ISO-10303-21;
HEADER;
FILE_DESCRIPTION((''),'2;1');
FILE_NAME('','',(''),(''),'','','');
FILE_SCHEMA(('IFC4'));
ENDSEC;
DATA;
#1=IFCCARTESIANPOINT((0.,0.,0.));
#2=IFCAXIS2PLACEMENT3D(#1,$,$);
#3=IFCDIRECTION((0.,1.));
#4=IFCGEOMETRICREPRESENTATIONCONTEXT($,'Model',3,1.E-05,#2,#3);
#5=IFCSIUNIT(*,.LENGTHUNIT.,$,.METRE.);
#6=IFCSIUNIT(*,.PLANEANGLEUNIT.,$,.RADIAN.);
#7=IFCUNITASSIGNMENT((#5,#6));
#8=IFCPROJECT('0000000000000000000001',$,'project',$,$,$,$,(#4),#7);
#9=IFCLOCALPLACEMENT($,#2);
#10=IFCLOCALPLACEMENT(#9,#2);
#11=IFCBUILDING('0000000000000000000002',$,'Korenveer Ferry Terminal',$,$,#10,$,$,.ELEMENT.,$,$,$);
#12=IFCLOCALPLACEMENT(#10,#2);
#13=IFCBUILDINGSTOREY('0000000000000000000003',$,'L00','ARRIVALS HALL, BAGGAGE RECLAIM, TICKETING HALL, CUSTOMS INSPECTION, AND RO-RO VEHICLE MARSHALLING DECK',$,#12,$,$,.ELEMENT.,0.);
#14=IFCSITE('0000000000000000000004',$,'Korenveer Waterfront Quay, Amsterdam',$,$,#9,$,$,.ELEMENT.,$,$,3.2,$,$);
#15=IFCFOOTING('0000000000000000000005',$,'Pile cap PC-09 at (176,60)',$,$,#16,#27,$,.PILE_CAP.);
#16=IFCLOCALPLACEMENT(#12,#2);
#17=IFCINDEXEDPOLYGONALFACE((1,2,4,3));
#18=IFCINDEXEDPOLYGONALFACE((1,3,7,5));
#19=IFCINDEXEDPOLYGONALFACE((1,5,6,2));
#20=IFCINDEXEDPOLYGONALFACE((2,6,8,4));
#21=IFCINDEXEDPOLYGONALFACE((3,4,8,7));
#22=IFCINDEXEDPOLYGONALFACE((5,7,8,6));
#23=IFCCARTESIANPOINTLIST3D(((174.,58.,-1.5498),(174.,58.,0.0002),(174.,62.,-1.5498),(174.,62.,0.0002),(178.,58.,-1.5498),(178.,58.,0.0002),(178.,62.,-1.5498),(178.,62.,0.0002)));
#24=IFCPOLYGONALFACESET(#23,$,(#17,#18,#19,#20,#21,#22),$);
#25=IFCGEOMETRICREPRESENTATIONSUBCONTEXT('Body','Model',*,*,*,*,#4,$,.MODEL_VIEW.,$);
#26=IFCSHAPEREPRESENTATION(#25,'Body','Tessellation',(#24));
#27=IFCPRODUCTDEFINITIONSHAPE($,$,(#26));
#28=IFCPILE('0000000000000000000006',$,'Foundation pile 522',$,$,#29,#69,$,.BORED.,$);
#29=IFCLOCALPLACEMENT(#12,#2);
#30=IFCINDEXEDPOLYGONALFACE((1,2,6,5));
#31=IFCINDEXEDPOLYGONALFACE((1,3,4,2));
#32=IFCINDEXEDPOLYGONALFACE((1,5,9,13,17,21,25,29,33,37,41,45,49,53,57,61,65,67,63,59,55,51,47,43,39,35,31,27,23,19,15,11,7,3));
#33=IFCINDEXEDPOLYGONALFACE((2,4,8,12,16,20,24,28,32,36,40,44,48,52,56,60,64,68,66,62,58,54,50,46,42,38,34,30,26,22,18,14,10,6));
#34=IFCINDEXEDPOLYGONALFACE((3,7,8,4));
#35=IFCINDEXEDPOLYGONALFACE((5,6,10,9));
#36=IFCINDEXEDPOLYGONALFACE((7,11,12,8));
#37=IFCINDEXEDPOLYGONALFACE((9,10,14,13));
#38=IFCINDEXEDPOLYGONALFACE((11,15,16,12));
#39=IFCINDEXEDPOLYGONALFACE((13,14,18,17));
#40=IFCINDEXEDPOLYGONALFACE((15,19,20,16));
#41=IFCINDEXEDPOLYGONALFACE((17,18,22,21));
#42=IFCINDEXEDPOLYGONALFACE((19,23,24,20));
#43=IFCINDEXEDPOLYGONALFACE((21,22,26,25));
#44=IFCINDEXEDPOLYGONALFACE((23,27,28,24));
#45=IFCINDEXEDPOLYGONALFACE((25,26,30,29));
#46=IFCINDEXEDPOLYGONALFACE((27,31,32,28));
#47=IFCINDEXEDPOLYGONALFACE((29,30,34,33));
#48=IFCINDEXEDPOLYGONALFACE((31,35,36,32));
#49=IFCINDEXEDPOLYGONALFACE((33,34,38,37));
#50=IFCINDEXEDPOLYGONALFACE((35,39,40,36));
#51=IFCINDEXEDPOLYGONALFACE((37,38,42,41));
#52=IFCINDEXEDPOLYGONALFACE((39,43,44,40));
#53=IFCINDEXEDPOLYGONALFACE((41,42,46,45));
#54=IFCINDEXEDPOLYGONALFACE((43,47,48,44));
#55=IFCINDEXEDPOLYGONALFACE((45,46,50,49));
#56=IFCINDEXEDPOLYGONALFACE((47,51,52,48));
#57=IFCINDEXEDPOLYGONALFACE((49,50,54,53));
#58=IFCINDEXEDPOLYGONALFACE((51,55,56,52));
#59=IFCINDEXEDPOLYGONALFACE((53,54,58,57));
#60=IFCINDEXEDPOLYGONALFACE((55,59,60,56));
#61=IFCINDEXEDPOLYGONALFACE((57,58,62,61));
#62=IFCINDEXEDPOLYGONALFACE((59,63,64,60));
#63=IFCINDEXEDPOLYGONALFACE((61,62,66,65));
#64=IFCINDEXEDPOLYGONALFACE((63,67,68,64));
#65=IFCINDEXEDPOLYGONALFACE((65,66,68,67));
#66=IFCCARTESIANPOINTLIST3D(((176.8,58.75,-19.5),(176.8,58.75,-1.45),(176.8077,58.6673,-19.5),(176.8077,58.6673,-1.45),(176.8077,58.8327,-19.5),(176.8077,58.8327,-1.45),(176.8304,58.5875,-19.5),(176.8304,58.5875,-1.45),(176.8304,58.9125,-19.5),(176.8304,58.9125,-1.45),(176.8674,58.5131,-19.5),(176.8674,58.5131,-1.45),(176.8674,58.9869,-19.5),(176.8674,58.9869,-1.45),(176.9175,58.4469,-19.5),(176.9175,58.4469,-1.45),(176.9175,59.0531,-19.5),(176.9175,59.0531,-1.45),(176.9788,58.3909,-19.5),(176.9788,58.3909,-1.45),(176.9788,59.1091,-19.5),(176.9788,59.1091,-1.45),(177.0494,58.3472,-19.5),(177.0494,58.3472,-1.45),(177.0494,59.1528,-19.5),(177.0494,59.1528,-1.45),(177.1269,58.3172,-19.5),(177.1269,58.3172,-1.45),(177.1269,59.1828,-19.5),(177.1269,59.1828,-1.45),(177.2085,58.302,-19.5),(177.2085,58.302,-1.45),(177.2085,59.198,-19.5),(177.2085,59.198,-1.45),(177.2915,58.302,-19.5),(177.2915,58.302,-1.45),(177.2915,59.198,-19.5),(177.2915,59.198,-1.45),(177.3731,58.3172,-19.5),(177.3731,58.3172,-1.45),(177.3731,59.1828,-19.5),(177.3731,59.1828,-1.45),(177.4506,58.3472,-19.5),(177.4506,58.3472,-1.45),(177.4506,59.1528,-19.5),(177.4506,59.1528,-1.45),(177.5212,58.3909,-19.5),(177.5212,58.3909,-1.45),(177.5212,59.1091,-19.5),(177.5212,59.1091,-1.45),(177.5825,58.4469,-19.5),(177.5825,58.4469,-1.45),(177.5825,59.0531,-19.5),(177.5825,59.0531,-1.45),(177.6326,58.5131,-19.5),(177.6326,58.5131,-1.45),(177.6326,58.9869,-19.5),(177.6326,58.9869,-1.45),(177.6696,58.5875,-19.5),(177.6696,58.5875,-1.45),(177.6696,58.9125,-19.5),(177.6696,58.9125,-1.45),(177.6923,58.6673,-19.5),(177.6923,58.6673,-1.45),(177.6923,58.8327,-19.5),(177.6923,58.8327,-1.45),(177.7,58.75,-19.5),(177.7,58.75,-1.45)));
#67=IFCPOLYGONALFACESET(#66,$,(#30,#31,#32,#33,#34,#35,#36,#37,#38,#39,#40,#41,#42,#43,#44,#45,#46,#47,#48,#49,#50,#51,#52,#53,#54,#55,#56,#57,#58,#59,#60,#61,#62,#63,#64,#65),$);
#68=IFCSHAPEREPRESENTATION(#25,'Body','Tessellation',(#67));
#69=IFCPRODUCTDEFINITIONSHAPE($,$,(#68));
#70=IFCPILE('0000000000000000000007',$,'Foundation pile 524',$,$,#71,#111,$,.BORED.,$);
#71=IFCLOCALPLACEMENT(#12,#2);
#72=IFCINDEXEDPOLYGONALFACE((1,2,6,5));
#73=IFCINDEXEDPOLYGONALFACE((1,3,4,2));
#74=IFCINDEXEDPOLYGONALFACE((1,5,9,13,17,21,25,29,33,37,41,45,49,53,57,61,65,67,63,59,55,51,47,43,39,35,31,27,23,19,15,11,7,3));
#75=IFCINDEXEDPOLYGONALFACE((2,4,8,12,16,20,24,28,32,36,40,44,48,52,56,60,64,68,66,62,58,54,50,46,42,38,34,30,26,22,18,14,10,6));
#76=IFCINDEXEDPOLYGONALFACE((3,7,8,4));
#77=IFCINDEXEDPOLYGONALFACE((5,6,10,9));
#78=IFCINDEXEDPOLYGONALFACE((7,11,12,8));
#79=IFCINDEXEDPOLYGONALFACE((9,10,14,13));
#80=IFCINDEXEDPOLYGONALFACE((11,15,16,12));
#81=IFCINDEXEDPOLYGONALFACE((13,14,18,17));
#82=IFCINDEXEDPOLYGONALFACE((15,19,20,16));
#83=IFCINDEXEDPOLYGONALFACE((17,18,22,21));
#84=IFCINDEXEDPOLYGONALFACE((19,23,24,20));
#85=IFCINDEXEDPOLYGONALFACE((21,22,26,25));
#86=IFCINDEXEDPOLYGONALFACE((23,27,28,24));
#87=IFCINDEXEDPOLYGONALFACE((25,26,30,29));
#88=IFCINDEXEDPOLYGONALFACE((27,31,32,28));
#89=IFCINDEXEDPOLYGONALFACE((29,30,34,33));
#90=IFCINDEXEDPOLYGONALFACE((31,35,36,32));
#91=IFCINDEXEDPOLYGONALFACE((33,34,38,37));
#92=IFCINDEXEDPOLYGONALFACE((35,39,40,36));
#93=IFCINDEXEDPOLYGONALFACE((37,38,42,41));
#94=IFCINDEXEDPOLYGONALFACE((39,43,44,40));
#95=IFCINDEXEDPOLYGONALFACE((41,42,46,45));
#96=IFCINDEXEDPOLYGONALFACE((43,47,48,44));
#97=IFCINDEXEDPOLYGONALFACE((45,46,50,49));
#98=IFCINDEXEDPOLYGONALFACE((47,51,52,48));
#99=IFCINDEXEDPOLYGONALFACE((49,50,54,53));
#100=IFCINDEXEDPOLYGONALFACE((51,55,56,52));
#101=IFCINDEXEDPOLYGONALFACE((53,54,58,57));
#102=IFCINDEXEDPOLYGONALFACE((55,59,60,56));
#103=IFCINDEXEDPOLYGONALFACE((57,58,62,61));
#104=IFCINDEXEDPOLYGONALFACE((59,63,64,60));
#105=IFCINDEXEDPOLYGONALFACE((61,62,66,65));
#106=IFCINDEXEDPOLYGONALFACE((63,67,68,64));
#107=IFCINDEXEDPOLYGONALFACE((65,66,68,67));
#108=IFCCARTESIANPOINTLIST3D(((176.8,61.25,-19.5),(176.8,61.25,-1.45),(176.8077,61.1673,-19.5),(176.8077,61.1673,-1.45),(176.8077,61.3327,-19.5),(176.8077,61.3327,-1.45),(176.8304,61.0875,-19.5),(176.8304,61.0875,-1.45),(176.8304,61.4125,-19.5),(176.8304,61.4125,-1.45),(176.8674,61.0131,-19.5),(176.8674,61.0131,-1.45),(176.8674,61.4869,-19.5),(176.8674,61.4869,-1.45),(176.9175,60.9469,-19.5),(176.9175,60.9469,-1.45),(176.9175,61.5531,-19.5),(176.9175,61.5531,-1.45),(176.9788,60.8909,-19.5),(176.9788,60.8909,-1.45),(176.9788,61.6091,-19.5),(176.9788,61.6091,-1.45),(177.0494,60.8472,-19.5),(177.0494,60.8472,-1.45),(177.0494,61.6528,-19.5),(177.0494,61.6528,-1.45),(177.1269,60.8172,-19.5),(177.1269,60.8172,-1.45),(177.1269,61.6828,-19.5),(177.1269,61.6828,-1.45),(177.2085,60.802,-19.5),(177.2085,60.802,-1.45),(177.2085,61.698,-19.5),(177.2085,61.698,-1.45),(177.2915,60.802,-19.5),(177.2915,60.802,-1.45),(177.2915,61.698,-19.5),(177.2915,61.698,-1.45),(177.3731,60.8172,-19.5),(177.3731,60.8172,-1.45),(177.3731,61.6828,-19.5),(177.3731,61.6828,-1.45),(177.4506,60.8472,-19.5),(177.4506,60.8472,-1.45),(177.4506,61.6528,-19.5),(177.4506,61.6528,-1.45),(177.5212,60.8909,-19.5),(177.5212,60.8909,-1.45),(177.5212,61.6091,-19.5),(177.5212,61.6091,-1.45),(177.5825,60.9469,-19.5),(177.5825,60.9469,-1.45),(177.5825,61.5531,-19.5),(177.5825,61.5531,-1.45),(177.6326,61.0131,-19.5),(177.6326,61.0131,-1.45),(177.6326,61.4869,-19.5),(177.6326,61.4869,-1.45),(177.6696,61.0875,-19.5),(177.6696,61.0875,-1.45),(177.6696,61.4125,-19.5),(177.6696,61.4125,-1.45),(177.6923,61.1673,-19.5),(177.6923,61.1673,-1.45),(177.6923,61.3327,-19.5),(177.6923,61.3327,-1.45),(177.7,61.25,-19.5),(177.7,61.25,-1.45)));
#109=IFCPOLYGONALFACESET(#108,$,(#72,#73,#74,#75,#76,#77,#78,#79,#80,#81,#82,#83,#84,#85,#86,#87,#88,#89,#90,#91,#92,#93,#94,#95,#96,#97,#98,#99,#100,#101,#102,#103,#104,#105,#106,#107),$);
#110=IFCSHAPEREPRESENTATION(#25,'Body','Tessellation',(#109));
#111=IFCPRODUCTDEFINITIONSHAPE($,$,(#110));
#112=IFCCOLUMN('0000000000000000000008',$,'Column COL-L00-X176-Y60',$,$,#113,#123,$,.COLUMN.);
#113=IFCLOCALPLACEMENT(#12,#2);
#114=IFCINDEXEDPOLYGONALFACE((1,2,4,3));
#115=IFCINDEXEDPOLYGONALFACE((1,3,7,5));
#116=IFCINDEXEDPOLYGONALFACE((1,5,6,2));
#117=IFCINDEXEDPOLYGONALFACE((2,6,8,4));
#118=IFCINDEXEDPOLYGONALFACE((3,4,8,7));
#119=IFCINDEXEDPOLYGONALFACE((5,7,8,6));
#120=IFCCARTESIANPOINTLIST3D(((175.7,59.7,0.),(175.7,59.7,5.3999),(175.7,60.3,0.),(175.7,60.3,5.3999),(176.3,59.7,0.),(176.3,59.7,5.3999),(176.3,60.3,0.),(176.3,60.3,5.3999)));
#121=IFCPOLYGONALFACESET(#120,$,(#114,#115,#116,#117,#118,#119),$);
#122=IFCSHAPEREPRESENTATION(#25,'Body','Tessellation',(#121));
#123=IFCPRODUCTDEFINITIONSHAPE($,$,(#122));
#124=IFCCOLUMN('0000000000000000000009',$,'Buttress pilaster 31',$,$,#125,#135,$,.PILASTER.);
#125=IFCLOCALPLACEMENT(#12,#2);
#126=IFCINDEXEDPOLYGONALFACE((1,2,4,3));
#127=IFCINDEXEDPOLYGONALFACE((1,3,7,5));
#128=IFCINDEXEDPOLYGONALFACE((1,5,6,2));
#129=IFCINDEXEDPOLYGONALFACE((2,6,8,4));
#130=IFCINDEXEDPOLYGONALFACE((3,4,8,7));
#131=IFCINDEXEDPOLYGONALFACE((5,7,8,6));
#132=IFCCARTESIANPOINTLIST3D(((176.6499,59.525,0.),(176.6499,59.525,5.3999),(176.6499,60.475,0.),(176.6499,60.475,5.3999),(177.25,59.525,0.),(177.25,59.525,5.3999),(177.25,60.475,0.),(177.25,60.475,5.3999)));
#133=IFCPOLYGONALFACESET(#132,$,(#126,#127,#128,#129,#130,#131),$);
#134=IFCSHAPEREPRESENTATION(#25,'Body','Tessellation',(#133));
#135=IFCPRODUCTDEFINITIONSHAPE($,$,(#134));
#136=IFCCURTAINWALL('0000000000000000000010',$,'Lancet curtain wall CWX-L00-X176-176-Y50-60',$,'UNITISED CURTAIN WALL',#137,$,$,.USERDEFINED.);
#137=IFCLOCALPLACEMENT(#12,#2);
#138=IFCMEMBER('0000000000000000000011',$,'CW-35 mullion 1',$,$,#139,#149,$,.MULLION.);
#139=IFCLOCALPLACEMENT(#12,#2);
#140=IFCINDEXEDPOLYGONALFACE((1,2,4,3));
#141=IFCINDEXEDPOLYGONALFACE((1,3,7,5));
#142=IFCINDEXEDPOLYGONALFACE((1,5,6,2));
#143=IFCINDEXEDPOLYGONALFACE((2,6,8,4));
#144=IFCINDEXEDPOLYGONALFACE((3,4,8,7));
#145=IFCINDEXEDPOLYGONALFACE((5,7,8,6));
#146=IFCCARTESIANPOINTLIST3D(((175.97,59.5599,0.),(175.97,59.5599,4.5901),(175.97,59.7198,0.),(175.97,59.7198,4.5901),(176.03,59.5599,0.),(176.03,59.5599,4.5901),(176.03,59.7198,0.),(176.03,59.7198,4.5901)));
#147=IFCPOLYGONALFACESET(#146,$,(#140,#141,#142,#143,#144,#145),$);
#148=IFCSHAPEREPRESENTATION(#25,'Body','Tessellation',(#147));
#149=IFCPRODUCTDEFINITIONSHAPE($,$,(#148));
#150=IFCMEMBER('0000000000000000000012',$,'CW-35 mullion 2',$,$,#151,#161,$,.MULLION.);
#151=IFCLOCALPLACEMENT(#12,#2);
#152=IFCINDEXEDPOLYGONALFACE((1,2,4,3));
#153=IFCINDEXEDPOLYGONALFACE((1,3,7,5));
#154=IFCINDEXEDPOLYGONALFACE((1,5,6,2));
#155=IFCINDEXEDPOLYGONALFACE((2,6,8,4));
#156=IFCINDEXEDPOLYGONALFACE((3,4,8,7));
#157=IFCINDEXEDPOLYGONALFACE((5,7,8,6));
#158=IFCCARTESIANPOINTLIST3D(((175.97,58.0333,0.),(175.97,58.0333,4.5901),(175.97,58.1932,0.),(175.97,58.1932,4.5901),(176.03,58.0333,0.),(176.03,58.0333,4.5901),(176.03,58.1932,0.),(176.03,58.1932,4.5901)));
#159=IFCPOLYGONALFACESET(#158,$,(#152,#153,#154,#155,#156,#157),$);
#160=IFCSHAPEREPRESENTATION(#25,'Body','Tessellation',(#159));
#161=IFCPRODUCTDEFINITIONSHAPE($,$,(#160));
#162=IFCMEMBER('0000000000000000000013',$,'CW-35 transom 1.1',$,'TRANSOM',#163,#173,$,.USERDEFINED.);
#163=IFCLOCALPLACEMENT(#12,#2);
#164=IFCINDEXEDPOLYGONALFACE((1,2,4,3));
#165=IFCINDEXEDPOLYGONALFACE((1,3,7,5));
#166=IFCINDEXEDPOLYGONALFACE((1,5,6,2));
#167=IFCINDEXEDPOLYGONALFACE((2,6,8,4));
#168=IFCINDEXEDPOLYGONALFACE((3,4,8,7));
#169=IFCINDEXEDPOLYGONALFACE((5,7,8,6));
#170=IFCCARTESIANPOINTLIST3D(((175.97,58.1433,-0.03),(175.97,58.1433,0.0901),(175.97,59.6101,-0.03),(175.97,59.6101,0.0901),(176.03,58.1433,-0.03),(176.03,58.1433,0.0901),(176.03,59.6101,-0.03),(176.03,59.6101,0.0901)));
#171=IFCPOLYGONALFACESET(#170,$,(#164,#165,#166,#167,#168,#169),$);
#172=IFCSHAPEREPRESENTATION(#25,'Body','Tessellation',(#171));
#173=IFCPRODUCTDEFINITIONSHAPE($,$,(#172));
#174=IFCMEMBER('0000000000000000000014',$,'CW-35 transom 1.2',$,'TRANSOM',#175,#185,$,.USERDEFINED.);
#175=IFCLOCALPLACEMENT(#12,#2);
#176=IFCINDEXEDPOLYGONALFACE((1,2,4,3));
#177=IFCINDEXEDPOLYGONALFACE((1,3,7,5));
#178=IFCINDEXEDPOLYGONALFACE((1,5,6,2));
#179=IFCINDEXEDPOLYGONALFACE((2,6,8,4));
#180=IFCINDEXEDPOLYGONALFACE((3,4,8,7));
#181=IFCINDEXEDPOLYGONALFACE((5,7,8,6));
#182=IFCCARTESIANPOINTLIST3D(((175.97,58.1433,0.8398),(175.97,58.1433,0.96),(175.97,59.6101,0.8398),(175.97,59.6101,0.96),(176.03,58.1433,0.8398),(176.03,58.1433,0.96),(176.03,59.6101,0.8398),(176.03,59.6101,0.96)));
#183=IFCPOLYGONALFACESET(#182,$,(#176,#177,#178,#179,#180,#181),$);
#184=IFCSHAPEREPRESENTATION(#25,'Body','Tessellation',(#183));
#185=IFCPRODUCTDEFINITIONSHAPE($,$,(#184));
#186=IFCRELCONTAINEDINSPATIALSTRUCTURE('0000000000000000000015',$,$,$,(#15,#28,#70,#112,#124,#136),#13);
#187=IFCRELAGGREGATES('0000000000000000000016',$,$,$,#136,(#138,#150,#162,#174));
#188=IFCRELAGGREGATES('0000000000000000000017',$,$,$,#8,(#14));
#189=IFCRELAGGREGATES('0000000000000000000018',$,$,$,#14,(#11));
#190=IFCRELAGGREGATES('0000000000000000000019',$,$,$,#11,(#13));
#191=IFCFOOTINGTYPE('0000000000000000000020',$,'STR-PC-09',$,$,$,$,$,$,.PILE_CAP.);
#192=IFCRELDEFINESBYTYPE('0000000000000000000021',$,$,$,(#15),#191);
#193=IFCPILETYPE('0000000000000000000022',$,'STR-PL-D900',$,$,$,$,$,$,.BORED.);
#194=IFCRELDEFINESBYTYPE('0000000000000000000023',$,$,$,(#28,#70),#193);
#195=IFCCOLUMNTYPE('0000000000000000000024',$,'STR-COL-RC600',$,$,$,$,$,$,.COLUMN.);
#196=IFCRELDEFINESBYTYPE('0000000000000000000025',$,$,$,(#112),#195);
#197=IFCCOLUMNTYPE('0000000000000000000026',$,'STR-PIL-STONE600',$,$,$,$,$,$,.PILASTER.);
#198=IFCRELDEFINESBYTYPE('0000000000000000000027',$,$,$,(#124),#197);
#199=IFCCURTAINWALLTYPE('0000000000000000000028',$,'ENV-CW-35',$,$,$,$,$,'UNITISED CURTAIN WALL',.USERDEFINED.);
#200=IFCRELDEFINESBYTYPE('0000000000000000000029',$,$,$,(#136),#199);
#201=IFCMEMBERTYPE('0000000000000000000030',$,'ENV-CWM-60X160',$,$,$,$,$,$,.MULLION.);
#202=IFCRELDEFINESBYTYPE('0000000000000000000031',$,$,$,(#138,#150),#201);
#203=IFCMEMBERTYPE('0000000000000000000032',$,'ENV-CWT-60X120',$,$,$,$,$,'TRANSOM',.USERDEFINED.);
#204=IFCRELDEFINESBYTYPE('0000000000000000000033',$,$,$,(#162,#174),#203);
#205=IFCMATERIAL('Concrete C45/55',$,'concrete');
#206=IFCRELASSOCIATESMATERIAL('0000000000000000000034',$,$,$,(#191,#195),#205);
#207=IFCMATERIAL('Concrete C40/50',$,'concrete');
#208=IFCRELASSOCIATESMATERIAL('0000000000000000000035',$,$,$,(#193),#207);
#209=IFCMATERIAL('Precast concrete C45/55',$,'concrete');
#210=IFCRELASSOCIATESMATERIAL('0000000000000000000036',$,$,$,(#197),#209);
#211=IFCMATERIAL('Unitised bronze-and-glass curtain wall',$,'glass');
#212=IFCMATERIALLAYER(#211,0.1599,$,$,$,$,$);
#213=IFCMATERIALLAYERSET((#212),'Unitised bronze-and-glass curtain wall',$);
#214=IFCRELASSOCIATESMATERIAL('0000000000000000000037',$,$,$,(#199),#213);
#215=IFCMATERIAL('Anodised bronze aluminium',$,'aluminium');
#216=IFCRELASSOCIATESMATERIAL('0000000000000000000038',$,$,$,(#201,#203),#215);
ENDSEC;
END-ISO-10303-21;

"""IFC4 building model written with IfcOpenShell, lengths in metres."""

from ifc_helpers import new_model, si_unit, direction, frame, origin, origin_2d, place, context, subcontext, project, spatial, rectangle, circle, extrude, material, layer, layer_set, material_profile, profile_set, type_object, element, aggregate, save


model = new_model("IFC4")

# Units and contexts
model_context = context("Model", 3, precision=1e-05, world=origin(), true_north=direction((0.0, 1.0)))
body_context = subcontext(model_context, "Body", "Model", "MODEL_VIEW")
ifc_project = project(units=[si_unit("LENGTHUNIT", "METRE"), si_unit("PLANEANGLEUNIT", "RADIAN")], contexts=[model_context])

# Site, building, storey
site_placement = place(None, origin())
site = spatial("IfcSite", under=ifc_project, at=site_placement, Name="Korenveer Waterfront Quay, Amsterdam", CompositionType="ELEMENT", RefElevation=3.2)
building_placement = place(site_placement, origin())
building = spatial("IfcBuilding", under=site, at=building_placement, Name="Korenveer Ferry Terminal", CompositionType="ELEMENT")
storey_placement = place(building_placement, origin())
storey = spatial("IfcBuildingStorey", under=building, at=storey_placement, Name="L00", Description="ARRIVALS HALL, BAGGAGE RECLAIM, TICKETING HALL, CUSTOMS INSPECTION, AND RO-RO VEHICLE MARSHALLING DECK", CompositionType="ELEMENT", Elevation=0.0)

# Footing
ifc_material_1 = material(Name="Concrete C45/55", Category="concrete")
footing_type = type_object("IfcFootingType", Name="STR-PC-09", PredefinedType="PILE_CAP", material=ifc_material_1)
footing_placement = place(storey_placement, frame((176.0, 60.0, -1.5498), z_axis=(0.0, 0.0, 1.0), x_axis=(1.0, 0.0, 0.0)))
element("IfcFooting", 1, at=footing_placement, inside=storey, type_object=footing_type, Name="Pile cap PC-09 at (176,60)", PredefinedType="PILE_CAP", context=body_context, shape_type="SweptSolid", body=[
    extrude(rectangle(XDim=4.0, YDim=4.0, at=origin_2d()), origin(), (0.0, 0.0, 1.0), 1.55),
])

# Piles
ifc_material_2 = material(Name="Concrete C40/50", Category="concrete")
ifc_material_profile_1 = material_profile(ifc_material_2, circle(Radius=0.45, at=origin_2d()), Name="PILE D900")
ifc_profile_set_1 = profile_set([ifc_material_profile_1], Name="Concrete C40/50")
pile_type = type_object("IfcPileType", Name="STR-PL-D900", PredefinedType="BORED", material=ifc_profile_set_1)
for number, where, z_axis, x_axis, name in (
    (2, (177.25, 58.75, -1.45), (0.0, 0.0, -1.0), (1.0, 0.0, 0.0), "Foundation pile 522"),
    (3, (177.25, 61.25, -1.45), (0.0, 0.0, -1.0), (1.0, 0.0, 0.0), "Foundation pile 524"),
):
    element("IfcPile", number, at=place(storey_placement, frame(where, z_axis=z_axis, x_axis=x_axis)), inside=storey, type_object=pile_type, Name=name, PredefinedType="BORED", context=body_context, shape_type="SweptSolid", body=[
        extrude(circle(Radius=0.45, at=origin_2d()), origin(), (0.0, 0.0, 1.0), 18.05),
    ])

# Columns
ifc_material_profile_2 = material_profile(ifc_material_1, rectangle(XDim=0.6001, YDim=0.6001, at=origin_2d()), Name="RC 600x600")
ifc_profile_set_2 = profile_set([ifc_material_profile_2], Name="Concrete C45/55")
column_type_1 = type_object("IfcColumnType", Name="STR-COL-RC600", PredefinedType="COLUMN", material=ifc_profile_set_2)
column_1_placement = place(storey_placement, frame((176.0, 60.0, 0.0), z_axis=(0.0, 0.0, 1.0), x_axis=(1.0, 0.0, 0.0)))
element("IfcColumn", 4, at=column_1_placement, inside=storey, type_object=column_type_1, Name="Column COL-L00-X176-Y60", PredefinedType="COLUMN", context=body_context, shape_type="SweptSolid", body=[
    extrude(rectangle(XDim=0.6001, YDim=0.6001, at=origin_2d()), origin(), (0.0, 0.0, 1.0), 5.3999),
])
ifc_material_3 = material(Name="Precast concrete C45/55", Category="concrete")
ifc_material_profile_3 = material_profile(ifc_material_3, rectangle(XDim=0.6001, YDim=0.95, at=origin_2d()), Name="RC 600x950")
ifc_profile_set_3 = profile_set([ifc_material_profile_3], Name="Precast concrete C45/55")
column_type_2 = type_object("IfcColumnType", Name="STR-PIL-STONE600", PredefinedType="PILASTER", material=ifc_profile_set_3)
column_2_placement = place(storey_placement, frame((176.95, 60.0, 0.0), z_axis=(0.0, 0.0, 1.0), x_axis=(1.0, 0.0, 0.0)))
element("IfcColumn", 5, at=column_2_placement, inside=storey, type_object=column_type_2, Name="Buttress pilaster 31", PredefinedType="PILASTER", context=body_context, shape_type="SweptSolid", body=[
    extrude(rectangle(XDim=0.6001, YDim=0.95, at=origin_2d()), origin(), (0.0, 0.0, 1.0), 5.3999),
])

# Curtain wall, members
ifc_material_4 = material(Name="Unitised bronze-and-glass curtain wall", Category="glass")
ifc_layer_1 = layer(ifc_material_4, 0.1599)
ifc_layer_set_1 = layer_set([ifc_layer_1], Name="Unitised bronze-and-glass curtain wall")
curtain_wall_type = type_object("IfcCurtainWallType", Name="ENV-CW-35", ElementType="UNITISED CURTAIN WALL", PredefinedType="USERDEFINED", material=ifc_layer_set_1)
curtain_wall_placement = place(storey_placement, frame((176.0, 59.6699, 0.0)))
curtain_wall = element("IfcCurtainWall", 6, at=curtain_wall_placement, inside=storey, type_object=curtain_wall_type, Name="Lancet curtain wall CWX-L00-X176-176-Y50-60", ObjectType="UNITISED CURTAIN WALL", PredefinedType="USERDEFINED")
ifc_material_5 = material(Name="Anodised bronze aluminium", Category="aluminium")
ifc_material_profile_4 = material_profile(ifc_material_5, rectangle(XDim=0.0601, YDim=0.1599, at=origin_2d()), Name="ALU 60x160")
ifc_profile_set_4 = profile_set([ifc_material_profile_4], Name="Anodised bronze aluminium")
member_type_1 = type_object("IfcMemberType", Name="ENV-CWM-60X160", PredefinedType="MULLION", material=ifc_profile_set_4)
member_1_placement = place(storey_placement, frame((176.0, 59.6399, 0.0), z_axis=(0.0, 0.0, 1.0), x_axis=(1.0, 0.0, 0.0)))
member_1 = element("IfcMember", 7, at=member_1_placement, type_object=member_type_1, Name="CW-35 mullion 1", PredefinedType="MULLION", context=body_context, shape_type="SweptSolid", body=[
    extrude(rectangle(XDim=0.0601, YDim=0.1599, at=origin_2d()), origin(), (0.0, 0.0, 1.0), 4.5901),
])
member_2_placement = place(storey_placement, frame((176.0, 58.1133, 0.0), z_axis=(0.0, 0.0, 1.0), x_axis=(1.0, 0.0, 0.0)))
member_2 = element("IfcMember", 8, at=member_2_placement, type_object=member_type_1, Name="CW-35 mullion 2", PredefinedType="MULLION", context=body_context, shape_type="SweptSolid", body=[
    extrude(rectangle(XDim=0.0601, YDim=0.1599, at=origin_2d()), origin(), (0.0, 0.0, 1.0), 4.5901),
])
ifc_material_profile_5 = material_profile(ifc_material_5, rectangle(XDim=0.0601, YDim=0.1201, at=origin_2d()), Name="ALU 60x120")
ifc_profile_set_5 = profile_set([ifc_material_profile_5], Name="Anodised bronze aluminium")
member_type_2 = type_object("IfcMemberType", Name="ENV-CWT-60X120", ElementType="TRANSOM", PredefinedType="USERDEFINED", material=ifc_profile_set_5)
member_3_placement = place(storey_placement, frame((176.0, 59.6101, 0.03), z_axis=(0.0, -1.0, 0.0), x_axis=(1.0, 0.0, 0.0)))
member_3 = element("IfcMember", 9, at=member_3_placement, type_object=member_type_2, Name="CW-35 transom 1.1", ObjectType="TRANSOM", PredefinedType="USERDEFINED", context=body_context, shape_type="SweptSolid", body=[
    extrude(rectangle(XDim=0.0601, YDim=0.1201, at=origin_2d()), origin(), (0.0, 0.0, 1.0), 1.4668),
])
member_4_placement = place(storey_placement, frame((176.0, 59.6101, 0.8999), z_axis=(0.0, -1.0, 0.0), x_axis=(1.0, 0.0, 0.0)))
member_4 = element("IfcMember", 10, at=member_4_placement, type_object=member_type_2, Name="CW-35 transom 1.2", ObjectType="TRANSOM", PredefinedType="USERDEFINED", context=body_context, shape_type="SweptSolid", body=[
    extrude(rectangle(XDim=0.0601, YDim=0.1201, at=origin_2d()), origin(), (0.0, 0.0, 1.0), 1.4668),
])

aggregate(curtain_wall, [member_1, member_2, member_3, member_4])

save(model, "model.ifc")
